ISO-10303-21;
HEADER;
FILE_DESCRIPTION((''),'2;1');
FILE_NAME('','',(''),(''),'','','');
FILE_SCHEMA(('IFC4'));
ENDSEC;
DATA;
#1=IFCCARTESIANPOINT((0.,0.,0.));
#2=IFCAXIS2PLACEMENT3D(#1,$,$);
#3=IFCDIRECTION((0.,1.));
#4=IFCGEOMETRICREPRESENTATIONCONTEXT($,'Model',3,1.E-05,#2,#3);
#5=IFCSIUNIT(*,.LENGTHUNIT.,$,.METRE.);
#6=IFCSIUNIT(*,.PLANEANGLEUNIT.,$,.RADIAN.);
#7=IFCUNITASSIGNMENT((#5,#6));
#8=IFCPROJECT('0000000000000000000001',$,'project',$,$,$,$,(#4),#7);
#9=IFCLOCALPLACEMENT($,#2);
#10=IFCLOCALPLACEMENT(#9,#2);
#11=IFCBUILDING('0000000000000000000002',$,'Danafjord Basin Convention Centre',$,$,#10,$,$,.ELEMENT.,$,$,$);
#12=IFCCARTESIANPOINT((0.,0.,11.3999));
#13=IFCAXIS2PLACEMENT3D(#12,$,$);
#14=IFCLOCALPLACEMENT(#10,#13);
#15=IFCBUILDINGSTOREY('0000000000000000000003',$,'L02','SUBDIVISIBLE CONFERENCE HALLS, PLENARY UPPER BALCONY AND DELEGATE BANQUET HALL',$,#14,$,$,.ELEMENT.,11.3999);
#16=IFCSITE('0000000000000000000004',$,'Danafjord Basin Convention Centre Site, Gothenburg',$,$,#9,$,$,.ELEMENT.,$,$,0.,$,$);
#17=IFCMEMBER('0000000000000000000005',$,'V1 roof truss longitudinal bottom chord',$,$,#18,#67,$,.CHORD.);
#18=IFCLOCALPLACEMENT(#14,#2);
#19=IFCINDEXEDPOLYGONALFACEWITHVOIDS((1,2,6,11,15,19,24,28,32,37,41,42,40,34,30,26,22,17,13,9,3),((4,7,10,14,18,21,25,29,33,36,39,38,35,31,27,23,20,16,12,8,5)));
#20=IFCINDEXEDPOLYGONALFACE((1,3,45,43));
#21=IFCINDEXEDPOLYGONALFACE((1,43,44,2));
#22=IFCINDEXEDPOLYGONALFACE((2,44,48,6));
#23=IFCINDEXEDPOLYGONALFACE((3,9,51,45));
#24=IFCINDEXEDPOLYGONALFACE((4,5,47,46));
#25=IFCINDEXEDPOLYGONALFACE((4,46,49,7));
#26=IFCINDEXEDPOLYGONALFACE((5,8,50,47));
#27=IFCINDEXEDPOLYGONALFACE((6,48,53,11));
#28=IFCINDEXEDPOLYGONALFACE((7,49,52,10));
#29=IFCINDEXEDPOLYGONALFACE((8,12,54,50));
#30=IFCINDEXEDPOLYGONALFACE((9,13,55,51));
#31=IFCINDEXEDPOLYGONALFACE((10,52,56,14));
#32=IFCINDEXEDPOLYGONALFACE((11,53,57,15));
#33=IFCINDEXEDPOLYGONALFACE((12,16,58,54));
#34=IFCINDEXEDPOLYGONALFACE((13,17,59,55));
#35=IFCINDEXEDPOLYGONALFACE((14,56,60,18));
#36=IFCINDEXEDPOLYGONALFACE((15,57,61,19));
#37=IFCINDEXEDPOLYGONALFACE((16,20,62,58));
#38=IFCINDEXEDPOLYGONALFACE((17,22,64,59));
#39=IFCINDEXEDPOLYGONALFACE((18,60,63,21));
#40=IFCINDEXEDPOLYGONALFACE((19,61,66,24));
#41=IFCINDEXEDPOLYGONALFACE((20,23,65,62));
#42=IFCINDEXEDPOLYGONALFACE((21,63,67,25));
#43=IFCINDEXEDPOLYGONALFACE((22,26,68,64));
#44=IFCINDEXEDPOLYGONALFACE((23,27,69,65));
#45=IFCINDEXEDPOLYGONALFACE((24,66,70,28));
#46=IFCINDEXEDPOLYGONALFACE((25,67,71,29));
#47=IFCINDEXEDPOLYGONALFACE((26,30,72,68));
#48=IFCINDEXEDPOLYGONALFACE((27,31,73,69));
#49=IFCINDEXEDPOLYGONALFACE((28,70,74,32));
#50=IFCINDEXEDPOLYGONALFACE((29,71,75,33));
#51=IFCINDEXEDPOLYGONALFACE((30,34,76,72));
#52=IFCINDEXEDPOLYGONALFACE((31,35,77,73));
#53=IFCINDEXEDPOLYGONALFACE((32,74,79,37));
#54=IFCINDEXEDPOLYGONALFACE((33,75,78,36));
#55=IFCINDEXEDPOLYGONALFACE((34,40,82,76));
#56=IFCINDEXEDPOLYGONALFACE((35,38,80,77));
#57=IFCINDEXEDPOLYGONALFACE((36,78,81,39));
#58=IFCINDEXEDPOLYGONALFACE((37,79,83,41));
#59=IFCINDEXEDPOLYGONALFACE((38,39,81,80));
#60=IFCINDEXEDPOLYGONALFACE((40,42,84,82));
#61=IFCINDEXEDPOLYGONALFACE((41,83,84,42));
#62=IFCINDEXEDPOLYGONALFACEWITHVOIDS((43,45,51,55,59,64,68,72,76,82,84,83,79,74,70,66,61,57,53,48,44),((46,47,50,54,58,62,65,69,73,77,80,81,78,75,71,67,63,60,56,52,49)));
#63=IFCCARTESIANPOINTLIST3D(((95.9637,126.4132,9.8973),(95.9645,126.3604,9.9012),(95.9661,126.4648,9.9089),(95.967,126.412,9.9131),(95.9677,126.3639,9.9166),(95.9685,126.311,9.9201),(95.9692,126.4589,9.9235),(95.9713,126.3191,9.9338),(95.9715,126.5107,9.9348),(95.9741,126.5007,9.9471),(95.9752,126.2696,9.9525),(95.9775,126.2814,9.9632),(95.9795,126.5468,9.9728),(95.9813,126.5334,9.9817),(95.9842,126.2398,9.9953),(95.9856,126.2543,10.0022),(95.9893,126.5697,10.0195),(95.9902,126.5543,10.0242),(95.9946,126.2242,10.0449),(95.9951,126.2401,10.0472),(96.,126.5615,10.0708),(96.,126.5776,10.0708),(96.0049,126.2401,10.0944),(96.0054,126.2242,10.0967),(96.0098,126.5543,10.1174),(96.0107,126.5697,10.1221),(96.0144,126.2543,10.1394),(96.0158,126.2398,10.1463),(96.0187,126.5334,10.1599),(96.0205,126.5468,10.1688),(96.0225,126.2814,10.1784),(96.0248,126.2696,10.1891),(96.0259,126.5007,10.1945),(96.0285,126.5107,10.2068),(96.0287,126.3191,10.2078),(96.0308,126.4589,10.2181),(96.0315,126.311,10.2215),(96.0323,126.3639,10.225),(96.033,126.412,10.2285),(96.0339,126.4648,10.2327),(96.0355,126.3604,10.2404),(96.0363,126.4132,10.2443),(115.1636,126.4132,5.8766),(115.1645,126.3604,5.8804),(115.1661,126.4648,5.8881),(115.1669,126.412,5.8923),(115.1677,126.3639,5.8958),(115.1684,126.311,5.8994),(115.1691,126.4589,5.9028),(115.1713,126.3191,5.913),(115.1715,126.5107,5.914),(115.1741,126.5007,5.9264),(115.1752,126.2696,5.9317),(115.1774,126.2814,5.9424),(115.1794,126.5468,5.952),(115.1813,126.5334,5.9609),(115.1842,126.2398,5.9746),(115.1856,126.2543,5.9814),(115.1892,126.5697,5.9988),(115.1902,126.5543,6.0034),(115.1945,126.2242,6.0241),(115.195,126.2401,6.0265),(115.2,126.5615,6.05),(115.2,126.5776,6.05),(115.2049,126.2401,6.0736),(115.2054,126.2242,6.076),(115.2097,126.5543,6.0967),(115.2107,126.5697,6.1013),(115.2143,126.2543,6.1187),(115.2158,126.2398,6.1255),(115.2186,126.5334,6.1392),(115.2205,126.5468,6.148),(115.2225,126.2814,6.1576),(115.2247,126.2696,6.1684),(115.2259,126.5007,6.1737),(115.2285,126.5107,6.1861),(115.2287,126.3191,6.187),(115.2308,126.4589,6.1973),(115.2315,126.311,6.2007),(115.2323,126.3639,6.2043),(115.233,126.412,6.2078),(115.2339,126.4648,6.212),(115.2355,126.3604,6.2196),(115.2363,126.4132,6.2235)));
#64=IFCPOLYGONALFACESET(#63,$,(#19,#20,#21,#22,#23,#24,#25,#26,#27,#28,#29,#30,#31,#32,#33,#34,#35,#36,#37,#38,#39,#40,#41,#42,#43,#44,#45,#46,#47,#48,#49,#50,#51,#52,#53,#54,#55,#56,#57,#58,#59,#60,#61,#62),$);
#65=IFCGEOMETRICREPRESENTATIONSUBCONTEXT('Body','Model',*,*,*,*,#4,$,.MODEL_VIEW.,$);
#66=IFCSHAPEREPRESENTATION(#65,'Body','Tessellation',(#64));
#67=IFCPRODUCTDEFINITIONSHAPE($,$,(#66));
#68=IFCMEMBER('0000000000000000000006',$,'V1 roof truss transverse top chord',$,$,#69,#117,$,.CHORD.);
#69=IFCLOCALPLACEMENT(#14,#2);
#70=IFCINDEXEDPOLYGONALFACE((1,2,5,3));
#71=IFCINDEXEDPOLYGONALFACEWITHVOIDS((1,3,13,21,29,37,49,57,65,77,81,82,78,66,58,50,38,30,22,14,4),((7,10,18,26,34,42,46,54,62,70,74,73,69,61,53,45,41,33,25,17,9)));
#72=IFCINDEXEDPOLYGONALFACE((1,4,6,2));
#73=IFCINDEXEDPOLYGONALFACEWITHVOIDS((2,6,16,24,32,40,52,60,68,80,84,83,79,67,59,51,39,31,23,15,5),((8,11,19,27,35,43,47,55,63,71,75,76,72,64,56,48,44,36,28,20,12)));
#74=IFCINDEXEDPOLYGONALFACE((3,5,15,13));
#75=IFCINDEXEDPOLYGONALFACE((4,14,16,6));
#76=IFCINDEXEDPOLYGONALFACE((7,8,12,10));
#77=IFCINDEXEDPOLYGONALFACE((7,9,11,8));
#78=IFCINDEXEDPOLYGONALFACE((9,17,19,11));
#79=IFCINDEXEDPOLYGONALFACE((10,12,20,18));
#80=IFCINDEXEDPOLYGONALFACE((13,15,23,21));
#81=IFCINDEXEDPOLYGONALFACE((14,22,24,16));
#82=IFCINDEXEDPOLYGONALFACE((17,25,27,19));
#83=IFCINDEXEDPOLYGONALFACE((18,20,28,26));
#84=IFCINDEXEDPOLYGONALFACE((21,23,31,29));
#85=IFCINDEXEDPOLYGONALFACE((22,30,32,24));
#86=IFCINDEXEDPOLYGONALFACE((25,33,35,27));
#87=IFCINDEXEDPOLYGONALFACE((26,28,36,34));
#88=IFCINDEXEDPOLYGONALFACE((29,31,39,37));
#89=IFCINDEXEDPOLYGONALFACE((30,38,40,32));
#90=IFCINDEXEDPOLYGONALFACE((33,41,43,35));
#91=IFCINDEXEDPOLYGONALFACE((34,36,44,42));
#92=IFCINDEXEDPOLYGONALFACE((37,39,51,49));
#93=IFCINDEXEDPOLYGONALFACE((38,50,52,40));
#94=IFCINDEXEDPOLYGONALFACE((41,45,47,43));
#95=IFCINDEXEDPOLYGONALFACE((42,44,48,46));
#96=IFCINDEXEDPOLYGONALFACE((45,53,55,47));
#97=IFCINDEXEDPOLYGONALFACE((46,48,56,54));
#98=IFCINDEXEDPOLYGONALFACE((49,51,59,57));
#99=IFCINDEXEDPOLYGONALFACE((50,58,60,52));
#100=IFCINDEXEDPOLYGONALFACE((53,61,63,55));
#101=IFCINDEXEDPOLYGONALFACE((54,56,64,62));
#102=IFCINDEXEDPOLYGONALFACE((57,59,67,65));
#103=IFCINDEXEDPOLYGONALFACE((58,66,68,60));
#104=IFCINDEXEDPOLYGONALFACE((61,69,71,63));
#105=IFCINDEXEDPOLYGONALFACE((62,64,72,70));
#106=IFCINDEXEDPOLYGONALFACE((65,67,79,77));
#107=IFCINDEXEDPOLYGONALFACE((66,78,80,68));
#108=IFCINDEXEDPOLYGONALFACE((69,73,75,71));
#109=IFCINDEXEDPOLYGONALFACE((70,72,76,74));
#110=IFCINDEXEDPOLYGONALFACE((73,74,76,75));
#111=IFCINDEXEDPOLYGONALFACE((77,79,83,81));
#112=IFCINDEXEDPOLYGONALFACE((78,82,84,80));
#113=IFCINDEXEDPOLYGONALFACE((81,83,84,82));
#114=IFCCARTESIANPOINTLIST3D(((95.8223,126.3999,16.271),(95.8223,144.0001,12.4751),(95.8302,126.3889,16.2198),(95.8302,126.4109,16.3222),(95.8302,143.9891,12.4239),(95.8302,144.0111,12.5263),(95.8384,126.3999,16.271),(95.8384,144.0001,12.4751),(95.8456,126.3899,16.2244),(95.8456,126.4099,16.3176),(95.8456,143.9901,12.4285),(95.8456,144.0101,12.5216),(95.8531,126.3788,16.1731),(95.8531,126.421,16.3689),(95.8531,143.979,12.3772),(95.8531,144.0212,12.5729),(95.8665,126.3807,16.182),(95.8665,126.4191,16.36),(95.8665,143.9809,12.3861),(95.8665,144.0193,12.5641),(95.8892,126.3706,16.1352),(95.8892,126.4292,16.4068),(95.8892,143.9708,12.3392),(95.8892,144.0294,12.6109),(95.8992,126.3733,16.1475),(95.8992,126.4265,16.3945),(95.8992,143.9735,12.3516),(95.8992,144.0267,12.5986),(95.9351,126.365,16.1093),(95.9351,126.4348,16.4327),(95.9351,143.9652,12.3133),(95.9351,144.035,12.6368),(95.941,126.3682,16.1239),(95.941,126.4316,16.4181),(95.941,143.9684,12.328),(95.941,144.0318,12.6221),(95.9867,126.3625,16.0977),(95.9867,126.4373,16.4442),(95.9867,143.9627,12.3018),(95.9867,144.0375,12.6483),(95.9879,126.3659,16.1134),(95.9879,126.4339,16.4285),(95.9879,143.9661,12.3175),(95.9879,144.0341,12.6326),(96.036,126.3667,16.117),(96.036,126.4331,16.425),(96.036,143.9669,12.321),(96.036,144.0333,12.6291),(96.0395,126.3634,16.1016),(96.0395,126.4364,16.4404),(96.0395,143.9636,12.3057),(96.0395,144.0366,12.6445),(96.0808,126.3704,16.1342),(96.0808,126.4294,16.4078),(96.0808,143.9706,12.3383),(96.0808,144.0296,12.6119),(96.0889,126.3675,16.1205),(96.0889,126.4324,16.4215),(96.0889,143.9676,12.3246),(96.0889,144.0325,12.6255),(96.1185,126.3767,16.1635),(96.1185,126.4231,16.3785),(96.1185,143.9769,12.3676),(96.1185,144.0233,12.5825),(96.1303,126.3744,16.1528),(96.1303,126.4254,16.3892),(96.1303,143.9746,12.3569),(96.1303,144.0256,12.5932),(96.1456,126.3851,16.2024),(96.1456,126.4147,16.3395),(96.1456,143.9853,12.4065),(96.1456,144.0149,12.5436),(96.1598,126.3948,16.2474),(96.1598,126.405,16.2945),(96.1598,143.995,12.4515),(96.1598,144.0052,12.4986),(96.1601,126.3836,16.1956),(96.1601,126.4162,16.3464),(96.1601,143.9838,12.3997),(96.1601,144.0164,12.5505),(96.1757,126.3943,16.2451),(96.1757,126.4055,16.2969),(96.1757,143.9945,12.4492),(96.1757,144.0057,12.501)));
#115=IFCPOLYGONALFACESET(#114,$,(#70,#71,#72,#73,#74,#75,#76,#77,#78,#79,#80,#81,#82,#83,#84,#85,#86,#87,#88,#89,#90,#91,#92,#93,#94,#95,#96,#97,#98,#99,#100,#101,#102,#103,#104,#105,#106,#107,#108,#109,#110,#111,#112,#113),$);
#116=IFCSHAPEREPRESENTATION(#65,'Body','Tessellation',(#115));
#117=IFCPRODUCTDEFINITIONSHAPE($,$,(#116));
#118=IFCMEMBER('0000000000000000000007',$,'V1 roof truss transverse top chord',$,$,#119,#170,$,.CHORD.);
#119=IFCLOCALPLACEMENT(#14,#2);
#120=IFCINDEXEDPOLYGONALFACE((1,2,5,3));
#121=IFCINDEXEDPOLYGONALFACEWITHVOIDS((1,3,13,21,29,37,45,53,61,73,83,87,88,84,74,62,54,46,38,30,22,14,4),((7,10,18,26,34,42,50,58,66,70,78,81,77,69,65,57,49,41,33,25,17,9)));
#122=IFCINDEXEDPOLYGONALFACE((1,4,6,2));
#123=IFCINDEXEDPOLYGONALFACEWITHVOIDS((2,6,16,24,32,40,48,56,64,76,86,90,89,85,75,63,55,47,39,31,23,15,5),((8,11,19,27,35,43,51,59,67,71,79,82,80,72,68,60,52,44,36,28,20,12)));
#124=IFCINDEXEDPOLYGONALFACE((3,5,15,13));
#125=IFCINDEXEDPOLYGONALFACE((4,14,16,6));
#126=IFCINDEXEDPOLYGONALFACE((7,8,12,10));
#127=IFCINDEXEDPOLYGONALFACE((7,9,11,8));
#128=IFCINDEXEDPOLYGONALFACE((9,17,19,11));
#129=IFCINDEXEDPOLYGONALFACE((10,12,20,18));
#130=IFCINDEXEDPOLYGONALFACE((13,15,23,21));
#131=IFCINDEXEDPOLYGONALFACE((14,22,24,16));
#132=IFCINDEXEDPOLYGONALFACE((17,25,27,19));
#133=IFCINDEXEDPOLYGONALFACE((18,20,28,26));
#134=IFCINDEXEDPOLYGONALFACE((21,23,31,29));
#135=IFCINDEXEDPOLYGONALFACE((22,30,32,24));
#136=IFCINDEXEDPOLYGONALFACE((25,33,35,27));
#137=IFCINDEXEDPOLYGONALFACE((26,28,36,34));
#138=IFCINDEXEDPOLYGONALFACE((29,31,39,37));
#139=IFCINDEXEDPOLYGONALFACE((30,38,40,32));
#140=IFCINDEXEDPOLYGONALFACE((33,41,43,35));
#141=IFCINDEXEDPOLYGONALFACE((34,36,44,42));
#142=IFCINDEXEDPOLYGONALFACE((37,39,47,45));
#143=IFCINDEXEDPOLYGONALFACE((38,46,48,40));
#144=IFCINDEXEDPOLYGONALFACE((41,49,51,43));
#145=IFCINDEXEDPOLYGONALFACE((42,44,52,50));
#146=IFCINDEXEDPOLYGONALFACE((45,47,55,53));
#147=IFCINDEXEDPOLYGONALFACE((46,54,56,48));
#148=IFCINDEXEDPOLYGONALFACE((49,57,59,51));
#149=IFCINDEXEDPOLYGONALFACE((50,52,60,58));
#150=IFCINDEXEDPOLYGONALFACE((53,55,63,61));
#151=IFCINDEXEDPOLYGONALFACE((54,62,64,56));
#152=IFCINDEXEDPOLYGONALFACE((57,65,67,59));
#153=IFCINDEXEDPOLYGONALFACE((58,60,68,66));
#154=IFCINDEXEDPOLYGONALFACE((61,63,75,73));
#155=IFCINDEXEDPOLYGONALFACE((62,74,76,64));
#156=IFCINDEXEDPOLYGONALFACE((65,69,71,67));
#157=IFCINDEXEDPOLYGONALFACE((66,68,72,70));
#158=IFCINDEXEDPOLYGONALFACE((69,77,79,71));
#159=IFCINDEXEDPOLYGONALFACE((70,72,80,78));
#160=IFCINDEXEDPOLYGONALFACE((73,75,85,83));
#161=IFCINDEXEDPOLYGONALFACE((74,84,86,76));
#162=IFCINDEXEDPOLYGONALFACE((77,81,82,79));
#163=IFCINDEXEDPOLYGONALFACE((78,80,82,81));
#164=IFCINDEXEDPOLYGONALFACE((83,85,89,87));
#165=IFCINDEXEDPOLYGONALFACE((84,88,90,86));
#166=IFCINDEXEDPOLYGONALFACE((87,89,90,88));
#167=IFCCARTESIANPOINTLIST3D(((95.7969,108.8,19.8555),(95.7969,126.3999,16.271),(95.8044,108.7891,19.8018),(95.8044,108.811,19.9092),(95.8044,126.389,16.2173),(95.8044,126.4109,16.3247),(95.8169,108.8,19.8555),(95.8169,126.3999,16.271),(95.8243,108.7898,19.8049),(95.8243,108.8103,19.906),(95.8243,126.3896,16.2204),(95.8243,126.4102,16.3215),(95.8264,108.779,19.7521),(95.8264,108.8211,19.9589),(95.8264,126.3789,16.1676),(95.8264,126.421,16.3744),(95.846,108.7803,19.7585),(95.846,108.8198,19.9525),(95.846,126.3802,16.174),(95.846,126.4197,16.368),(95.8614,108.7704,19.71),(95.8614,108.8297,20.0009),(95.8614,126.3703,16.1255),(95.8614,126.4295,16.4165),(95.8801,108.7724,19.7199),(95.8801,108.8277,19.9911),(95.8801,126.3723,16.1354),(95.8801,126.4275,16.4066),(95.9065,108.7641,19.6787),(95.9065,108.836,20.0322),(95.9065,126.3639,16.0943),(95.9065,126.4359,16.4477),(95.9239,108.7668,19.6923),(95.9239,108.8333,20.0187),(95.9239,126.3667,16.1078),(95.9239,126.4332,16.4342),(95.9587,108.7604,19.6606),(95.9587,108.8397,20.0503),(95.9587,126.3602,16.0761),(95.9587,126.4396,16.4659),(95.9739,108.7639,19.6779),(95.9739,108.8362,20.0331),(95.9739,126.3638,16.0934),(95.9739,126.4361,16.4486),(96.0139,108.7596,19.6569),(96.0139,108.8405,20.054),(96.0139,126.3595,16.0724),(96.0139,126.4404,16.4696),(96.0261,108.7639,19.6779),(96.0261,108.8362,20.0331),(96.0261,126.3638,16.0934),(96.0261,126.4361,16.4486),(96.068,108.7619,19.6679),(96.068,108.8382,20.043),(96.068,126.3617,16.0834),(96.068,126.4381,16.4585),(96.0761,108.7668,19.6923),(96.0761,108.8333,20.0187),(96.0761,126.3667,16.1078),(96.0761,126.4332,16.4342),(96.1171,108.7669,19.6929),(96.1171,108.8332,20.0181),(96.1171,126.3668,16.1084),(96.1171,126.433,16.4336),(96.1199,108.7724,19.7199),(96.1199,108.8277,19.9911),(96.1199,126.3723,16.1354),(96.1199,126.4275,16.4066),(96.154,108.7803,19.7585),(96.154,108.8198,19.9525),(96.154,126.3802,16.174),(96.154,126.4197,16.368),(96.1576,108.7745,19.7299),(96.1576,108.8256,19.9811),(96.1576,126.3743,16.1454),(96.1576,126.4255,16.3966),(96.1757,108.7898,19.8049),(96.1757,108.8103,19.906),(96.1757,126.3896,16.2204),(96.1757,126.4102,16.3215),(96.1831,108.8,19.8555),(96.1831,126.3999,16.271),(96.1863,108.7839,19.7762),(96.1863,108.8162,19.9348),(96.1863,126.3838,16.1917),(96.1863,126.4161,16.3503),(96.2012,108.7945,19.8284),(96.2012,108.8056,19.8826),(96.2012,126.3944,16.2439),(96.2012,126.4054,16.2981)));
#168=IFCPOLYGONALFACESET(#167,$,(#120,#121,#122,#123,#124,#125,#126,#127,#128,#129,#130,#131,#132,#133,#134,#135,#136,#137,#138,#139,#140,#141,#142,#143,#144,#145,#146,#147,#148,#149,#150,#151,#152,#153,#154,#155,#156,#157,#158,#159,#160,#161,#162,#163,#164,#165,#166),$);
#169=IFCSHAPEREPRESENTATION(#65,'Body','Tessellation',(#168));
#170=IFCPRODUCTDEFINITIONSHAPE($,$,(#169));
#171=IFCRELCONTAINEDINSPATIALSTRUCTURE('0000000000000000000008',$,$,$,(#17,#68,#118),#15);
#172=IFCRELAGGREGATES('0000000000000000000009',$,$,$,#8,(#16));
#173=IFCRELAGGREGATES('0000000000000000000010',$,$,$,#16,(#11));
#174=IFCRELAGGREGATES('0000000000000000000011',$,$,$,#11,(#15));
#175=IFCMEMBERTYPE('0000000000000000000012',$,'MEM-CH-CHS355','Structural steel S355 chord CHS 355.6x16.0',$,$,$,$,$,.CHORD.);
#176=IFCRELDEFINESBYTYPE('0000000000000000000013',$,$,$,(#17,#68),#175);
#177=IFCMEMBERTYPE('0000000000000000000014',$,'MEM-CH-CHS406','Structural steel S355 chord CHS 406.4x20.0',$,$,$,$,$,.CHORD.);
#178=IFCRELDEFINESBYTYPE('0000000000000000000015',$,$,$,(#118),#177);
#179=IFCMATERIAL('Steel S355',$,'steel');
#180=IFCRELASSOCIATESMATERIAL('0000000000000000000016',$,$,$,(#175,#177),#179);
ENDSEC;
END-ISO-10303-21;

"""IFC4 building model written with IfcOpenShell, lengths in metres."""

from ifc_helpers import new_model, si_unit, direction, frame, origin, origin_2d, place, context, subcontext, project, spatial, hollow_circle, extrude, material, material_profile, profile_set, type_object, element, save


model = new_model("IFC4")

# Units and contexts
model_context = context("Model", 3, precision=1e-05, world=origin(), true_north=direction((0.0, 1.0)))
body_context = subcontext(model_context, "Body", "Model", "MODEL_VIEW")
ifc_project = project(units=[si_unit("LENGTHUNIT", "METRE"), si_unit("PLANEANGLEUNIT", "RADIAN")], contexts=[model_context])

# Site, building, storey
site_placement = place(None, origin())
site = spatial("IfcSite", under=ifc_project, at=site_placement, Name="Danafjord Basin Convention Centre Site, Gothenburg", CompositionType="ELEMENT", RefElevation=0.0)
building_placement = place(site_placement, origin())
building = spatial("IfcBuilding", under=site, at=building_placement, Name="Danafjord Basin Convention Centre", CompositionType="ELEMENT")
storey_placement = place(building_placement, frame((0.0, 0.0, 11.3999)))
storey = spatial("IfcBuildingStorey", under=building, at=storey_placement, Name="L02", Description="SUBDIVISIBLE CONFERENCE HALLS, PLENARY UPPER BALCONY AND DELEGATE BANQUET HALL", CompositionType="ELEMENT", Elevation=11.3999)

# Shared definitions
ifc_material = material(Name="Steel S355", Category="steel")

# Members
ifc_material_profile_1 = material_profile(ifc_material, hollow_circle(Radius=0.1777, WallThickness=0.0161, at=origin_2d()), Name="CHS 355.6x16.0")
ifc_profile_set_1 = profile_set([ifc_material_profile_1], Name="Steel S355")
member_type_1 = type_object("IfcMemberType", Name="MEM-CH-CHS355", Description="Structural steel S355 chord CHS 355.6x16.0", PredefinedType="CHORD", material=ifc_profile_set_1)
member_1_placement = place(storey_placement, frame((96.0, 126.3999, 10.0708), z_axis=(0.978769, 0.0, -0.204969), x_axis=(0.0, 1.0, 0.0)))
element("IfcMember", 1, at=member_1_placement, inside=storey, type_object=member_type_1, Name="V1 roof truss longitudinal bottom chord", PredefinedType="CHORD", context=body_context, shape_type="SweptSolid", body=[
    extrude(hollow_circle(Radius=0.1777, WallThickness=0.0161, at=origin_2d()), origin(), (0.0, 0.0, 1.0), 19.6165),
])
member_2_placement = place(storey_placement, frame((96.0, 126.3999, 16.271), z_axis=(0.0, 0.977523, -0.210827), x_axis=(-1.0, 0.0, 0.0)))
element("IfcMember", 2, at=member_2_placement, inside=storey, type_object=member_type_1, Name="V1 roof truss transverse top chord", PredefinedType="CHORD", context=body_context, shape_type="SweptSolid", body=[
    extrude(hollow_circle(Radius=0.1777, WallThickness=0.0161, at=origin_2d()), origin(), (0.0, 0.0, 1.0), 18.0049),
])
ifc_material_profile_2 = material_profile(ifc_material, hollow_circle(Radius=0.2031, WallThickness=0.02, at=origin_2d()), Name="CHS 406.4x20.0")
ifc_profile_set_2 = profile_set([ifc_material_profile_2], Name="Steel S355")
member_type_2 = type_object("IfcMemberType", Name="MEM-CH-CHS406", Description="Structural steel S355 chord CHS 406.4x20.0", PredefinedType="CHORD", material=ifc_profile_set_2)
member_3_placement = place(storey_placement, frame((96.0, 108.8, 19.8555), z_axis=(0.0, 0.979884, -0.199568), x_axis=(-1.0, 0.0, 0.0)))
element("IfcMember", 3, at=member_3_placement, inside=storey, type_object=member_type_2, Name="V1 roof truss transverse top chord", PredefinedType="CHORD", context=body_context, shape_type="SweptSolid", body=[
    extrude(hollow_circle(Radius=0.2031, WallThickness=0.02, at=origin_2d()), origin(), (0.0, 0.0, 1.0), 17.9612),
])

save(model, "model.ifc")
